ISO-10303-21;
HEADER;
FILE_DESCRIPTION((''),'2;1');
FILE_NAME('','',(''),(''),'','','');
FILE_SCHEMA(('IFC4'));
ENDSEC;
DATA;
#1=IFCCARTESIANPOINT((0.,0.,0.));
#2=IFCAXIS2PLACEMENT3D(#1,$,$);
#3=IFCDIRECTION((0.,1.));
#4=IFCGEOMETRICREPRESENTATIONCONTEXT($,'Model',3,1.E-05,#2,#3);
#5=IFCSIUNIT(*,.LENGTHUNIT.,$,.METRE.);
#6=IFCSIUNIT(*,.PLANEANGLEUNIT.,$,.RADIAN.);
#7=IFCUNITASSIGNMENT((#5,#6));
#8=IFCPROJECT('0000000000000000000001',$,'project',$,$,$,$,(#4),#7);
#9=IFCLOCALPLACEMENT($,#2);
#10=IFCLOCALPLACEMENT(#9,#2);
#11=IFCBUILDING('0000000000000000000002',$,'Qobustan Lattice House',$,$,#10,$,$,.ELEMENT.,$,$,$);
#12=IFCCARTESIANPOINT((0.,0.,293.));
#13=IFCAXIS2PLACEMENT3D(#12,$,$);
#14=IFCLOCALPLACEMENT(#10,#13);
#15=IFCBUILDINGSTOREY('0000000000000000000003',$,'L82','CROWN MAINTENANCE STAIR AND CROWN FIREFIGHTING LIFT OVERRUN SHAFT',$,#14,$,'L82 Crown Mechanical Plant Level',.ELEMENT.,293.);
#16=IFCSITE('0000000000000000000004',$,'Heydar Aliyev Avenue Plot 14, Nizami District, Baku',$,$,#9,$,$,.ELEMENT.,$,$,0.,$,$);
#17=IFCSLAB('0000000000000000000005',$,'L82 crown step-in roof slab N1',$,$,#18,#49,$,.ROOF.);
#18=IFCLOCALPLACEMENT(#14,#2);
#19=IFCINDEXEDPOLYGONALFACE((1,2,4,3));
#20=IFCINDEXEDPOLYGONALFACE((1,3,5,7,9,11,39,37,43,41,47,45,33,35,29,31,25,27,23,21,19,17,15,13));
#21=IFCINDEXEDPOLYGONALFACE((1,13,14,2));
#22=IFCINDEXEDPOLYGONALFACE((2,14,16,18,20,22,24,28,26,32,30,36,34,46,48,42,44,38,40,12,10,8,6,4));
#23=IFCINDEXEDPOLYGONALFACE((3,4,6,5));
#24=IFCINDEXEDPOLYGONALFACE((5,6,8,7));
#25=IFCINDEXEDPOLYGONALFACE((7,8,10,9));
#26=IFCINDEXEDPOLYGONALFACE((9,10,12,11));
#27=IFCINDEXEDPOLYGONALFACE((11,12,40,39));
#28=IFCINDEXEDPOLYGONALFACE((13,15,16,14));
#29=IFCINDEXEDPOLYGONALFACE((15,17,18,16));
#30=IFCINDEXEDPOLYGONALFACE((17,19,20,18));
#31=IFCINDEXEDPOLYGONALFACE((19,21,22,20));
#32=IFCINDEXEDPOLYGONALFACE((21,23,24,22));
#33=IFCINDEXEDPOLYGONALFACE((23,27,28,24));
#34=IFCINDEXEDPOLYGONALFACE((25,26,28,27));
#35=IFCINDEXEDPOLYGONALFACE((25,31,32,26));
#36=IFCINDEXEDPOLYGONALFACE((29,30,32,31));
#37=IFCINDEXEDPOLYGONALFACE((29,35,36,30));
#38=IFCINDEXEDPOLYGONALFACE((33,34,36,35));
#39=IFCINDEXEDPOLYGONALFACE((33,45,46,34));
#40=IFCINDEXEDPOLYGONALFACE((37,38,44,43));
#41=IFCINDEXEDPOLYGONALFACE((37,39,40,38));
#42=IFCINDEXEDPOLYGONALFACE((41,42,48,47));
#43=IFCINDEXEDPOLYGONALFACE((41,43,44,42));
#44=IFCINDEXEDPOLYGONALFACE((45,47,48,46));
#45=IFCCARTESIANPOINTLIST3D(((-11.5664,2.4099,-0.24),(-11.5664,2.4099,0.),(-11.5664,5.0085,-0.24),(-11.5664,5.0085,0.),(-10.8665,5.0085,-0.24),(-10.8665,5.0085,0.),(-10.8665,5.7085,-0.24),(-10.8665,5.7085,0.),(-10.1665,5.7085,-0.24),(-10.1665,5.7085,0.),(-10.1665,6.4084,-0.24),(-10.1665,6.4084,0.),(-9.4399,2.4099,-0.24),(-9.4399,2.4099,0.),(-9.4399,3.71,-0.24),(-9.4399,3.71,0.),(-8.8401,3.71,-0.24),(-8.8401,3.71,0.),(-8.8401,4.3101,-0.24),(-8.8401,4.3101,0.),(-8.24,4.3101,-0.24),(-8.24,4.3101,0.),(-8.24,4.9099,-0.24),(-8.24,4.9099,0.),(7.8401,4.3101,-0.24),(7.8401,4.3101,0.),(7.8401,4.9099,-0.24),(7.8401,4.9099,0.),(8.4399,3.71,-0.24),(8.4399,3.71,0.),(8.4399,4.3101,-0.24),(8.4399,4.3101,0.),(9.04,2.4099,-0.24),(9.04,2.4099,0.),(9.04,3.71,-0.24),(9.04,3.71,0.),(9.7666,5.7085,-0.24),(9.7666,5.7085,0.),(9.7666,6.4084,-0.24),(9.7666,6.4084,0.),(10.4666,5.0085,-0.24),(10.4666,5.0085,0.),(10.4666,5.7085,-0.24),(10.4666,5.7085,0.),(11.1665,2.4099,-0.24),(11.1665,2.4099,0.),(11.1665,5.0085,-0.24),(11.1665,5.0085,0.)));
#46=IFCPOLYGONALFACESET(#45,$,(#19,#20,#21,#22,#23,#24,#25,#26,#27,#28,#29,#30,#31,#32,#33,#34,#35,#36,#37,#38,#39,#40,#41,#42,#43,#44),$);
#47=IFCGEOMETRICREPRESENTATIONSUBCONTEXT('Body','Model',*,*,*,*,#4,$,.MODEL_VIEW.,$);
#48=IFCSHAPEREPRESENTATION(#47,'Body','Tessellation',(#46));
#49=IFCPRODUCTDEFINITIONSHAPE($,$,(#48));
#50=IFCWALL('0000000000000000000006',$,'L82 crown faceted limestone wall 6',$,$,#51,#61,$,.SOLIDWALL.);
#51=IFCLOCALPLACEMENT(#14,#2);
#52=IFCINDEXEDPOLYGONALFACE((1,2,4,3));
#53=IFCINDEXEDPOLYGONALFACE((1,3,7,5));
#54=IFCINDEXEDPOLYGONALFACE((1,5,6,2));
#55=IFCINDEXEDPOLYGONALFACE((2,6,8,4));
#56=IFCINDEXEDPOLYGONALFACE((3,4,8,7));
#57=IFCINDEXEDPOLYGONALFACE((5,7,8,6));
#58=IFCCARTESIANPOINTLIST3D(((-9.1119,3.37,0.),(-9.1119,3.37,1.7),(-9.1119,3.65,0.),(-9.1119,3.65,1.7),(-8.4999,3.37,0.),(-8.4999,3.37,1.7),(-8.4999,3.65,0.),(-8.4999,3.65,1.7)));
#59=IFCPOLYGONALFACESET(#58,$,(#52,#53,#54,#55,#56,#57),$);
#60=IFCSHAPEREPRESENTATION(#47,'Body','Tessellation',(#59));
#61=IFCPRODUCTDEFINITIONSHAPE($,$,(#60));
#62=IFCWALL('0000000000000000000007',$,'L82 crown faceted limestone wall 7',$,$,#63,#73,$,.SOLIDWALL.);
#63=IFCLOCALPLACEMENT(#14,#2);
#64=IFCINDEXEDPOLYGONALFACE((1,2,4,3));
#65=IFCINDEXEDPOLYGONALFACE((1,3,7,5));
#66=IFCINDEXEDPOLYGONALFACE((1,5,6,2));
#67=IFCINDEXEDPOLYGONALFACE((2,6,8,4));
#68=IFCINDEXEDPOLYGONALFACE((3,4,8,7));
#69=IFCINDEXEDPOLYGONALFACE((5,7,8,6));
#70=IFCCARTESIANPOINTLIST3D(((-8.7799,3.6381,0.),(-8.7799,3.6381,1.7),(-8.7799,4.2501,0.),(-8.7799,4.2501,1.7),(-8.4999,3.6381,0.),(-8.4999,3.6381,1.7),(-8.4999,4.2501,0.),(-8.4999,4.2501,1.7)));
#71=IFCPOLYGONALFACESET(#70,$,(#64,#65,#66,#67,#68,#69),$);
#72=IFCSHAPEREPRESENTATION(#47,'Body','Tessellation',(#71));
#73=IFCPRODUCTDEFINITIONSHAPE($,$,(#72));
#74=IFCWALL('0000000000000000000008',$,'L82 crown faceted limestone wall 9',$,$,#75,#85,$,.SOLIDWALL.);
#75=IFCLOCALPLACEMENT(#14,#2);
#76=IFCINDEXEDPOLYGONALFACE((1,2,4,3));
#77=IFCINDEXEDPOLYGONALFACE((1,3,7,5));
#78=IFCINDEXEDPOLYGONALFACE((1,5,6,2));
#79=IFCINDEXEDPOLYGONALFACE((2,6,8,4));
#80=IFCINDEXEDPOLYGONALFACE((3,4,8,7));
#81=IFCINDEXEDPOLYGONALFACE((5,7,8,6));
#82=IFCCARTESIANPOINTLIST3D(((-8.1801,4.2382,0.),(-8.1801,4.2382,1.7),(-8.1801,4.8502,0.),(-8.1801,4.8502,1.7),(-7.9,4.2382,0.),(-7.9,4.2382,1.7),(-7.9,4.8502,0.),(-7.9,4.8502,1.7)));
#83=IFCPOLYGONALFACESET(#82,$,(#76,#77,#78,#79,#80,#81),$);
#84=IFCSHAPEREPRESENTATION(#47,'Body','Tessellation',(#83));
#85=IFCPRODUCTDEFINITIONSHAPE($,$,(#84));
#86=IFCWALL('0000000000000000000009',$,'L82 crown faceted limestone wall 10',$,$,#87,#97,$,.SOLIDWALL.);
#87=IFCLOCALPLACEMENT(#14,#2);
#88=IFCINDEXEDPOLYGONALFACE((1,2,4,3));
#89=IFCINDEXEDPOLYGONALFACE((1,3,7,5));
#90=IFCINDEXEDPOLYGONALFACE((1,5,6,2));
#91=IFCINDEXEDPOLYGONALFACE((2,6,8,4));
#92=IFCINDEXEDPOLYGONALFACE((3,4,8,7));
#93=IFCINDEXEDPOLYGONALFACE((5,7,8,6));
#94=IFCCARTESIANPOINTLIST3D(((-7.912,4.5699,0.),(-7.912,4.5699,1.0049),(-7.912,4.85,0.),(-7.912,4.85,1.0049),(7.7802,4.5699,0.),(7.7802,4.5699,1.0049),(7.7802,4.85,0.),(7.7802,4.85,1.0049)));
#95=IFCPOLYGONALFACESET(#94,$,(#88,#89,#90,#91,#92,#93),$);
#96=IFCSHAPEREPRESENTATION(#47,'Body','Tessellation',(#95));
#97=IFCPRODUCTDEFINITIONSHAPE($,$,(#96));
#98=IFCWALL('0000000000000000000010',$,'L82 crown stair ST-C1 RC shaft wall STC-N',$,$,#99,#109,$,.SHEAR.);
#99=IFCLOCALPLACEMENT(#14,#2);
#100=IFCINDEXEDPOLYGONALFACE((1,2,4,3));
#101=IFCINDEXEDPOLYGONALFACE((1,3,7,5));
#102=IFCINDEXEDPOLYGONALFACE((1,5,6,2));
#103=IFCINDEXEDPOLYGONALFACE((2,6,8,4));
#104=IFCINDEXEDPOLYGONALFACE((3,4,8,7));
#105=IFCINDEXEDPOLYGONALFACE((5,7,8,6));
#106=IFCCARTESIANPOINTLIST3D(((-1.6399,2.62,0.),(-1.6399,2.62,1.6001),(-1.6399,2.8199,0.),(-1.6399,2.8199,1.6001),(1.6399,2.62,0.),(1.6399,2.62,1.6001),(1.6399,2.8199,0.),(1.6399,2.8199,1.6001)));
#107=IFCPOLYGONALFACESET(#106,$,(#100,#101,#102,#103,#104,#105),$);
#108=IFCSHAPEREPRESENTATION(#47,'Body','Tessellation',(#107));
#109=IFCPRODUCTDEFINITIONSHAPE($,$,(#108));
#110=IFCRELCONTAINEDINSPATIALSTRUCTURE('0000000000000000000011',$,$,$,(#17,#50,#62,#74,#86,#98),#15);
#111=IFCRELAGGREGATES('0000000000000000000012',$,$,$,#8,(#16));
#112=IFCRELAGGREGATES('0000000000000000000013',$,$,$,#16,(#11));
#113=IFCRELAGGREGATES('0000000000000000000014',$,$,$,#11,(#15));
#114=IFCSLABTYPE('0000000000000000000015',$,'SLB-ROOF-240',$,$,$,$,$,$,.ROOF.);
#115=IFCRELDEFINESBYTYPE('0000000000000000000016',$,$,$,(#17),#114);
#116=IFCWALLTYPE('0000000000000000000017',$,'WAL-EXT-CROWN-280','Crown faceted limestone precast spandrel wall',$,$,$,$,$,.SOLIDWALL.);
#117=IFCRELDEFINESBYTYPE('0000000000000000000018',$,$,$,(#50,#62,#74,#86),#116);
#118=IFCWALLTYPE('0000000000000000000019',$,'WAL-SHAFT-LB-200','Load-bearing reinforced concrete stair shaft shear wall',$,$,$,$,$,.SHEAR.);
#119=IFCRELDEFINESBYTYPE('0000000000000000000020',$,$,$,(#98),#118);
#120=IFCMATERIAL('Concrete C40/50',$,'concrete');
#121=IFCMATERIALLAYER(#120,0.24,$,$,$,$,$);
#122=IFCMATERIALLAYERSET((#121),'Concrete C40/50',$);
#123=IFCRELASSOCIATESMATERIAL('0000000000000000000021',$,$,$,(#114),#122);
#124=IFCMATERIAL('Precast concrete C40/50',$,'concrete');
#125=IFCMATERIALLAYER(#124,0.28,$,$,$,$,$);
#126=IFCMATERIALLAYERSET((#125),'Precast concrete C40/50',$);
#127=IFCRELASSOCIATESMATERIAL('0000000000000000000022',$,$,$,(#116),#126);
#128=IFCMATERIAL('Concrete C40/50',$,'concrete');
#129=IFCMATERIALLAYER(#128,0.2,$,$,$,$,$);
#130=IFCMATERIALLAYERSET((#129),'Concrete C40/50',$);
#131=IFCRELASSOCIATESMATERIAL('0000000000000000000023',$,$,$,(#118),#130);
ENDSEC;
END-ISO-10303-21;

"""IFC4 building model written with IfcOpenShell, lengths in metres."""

from ifc_helpers import new_model, si_unit, direction, frame, frame_2d, origin, place, context, subcontext, project, spatial, polyline, rectangle, outline, extrude, material, layer, layer_set, type_object, element, save


model = new_model("IFC4")

# Units and contexts
model_context = context("Model", 3, precision=1e-05, world=origin(), true_north=direction((0.0, 1.0)))
body_context = subcontext(model_context, "Body", "Model", "MODEL_VIEW")
ifc_project = project(units=[si_unit("LENGTHUNIT", "METRE"), si_unit("PLANEANGLEUNIT", "RADIAN")], contexts=[model_context])

# Site, building, storey
site_placement = place(None, origin())
site = spatial("IfcSite", under=ifc_project, at=site_placement, Name="Heydar Aliyev Avenue Plot 14, Nizami District, Baku", CompositionType="ELEMENT", RefElevation=0.0)
building_placement = place(site_placement, origin())
building = spatial("IfcBuilding", under=site, at=building_placement, Name="Qobustan Lattice House", CompositionType="ELEMENT")
storey_placement = place(building_placement, frame((0.0, 0.0, 293.0)))
storey = spatial("IfcBuildingStorey", under=building, at=storey_placement, Name="L82", Description="CROWN MAINTENANCE STAIR AND CROWN FIREFIGHTING LIFT OVERRUN SHAFT", LongName="L82 Crown Mechanical Plant Level", CompositionType="ELEMENT", Elevation=293.0)

# Slab
ifc_material_1 = material(Name="Concrete C40/50", Category="concrete")
ifc_layer_1 = layer(ifc_material_1, 0.24)
ifc_layer_set_1 = layer_set([ifc_layer_1], Name="Concrete C40/50")
slab_type_1 = type_object("IfcSlabType", Name="SLB-ROOF-240", PredefinedType="ROOF", material=ifc_layer_set_1)
slab_1_placement = place(storey_placement, frame((0.0, 0.0, -0.24)))
element("IfcSlab", 1, at=slab_1_placement, inside=storey, type_object=slab_type_1, Name="L82 crown step-in roof slab N1", PredefinedType="ROOF", context=body_context, shape_type="SweptSolid", body=[
    extrude(outline(polyline([(-11.5664, 2.4099), (-9.4399, 2.4099), (-9.4399, 3.71), (-8.8401, 3.71), (-8.8401, 4.3101), (-8.24, 4.3101), (-8.24, 4.9099), (7.8401, 4.9099), (7.8401, 4.3101), (8.4399, 4.3101), (8.4399, 3.71), (9.04, 3.71), (9.04, 2.4099), (11.1665, 2.4099), (11.1665, 5.0085), (10.4666, 5.0085), (10.4666, 5.7085), (9.7666, 5.7085), (9.7666, 6.4084), (-10.1665, 6.4084), (-10.1665, 5.7085), (-10.8665, 5.7085), (-10.8665, 5.0085), (-11.5664, 5.0085), (-11.5664, 2.4099)])), origin(), (0.0, 0.0, 1.0), 0.24),
])

# Walls
ifc_material_2 = material(Name="Precast concrete C40/50", Category="concrete")
ifc_layer_2 = layer(ifc_material_2, 0.28)
ifc_layer_set_2 = layer_set([ifc_layer_2], Name="Precast concrete C40/50")
wall_type_1 = type_object("IfcWallType", Name="WAL-EXT-CROWN-280", Description="Crown faceted limestone precast spandrel wall", PredefinedType="SOLIDWALL", material=ifc_layer_set_2)
for number, where, z_axis, x_axis, name in (
    (2, (-9.1121, 3.51, 0.0), (0.0, 0.0, 1.0), (1.0, 0.0, 0.0), "L82 crown faceted limestone wall 6"),
    (3, (-8.6399, 3.6379, 0.0), (0.0, 0.0, 1.0), (0.0, 1.0, 0.0), "L82 crown faceted limestone wall 7"),
    (4, (-8.04, 4.238, 0.0), (0.0, 0.0, 1.0), (0.0, 1.0, 0.0), "L82 crown faceted limestone wall 9"),
):
    element("IfcWall", number, at=place(storey_placement, frame(where, z_axis=z_axis, x_axis=x_axis)), inside=storey, type_object=wall_type_1, Name=name, PredefinedType="SOLIDWALL", context=body_context, shape_type="SweptSolid", body=[
        extrude(rectangle(XDim=0.6121, YDim=0.28, at=frame_2d((0.3062, 0.0))), origin(), (0.0, 0.0, 1.0), 1.7),
    ])
wall_1_placement = place(storey_placement, frame((-7.9121, 4.71, 0.0), z_axis=(0.0, 0.0, 1.0), x_axis=(1.0, 0.0, 0.0)))
element("IfcWall", 5, at=wall_1_placement, inside=storey, type_object=wall_type_1, Name="L82 crown faceted limestone wall 10", PredefinedType="SOLIDWALL", context=body_context, shape_type="SweptSolid", body=[
    extrude(rectangle(XDim=15.6921, YDim=0.28, at=frame_2d((7.8462, 0.0))), origin(), (0.0, 0.0, 1.0), 1.0049),
])
ifc_material_3 = material(Name="Concrete C40/50", Category="concrete")
ifc_layer_3 = layer(ifc_material_3, 0.2)
ifc_layer_set_3 = layer_set([ifc_layer_3], Name="Concrete C40/50")
wall_type_2 = type_object("IfcWallType", Name="WAL-SHAFT-LB-200", Description="Load-bearing reinforced concrete stair shaft shear wall", PredefinedType="SHEAR", material=ifc_layer_set_3)
wall_2_placement = place(storey_placement, frame((-1.6399, 2.72, 0.0), z_axis=(0.0, 0.0, 1.0), x_axis=(1.0, 0.0, 0.0)))
element("IfcWall", 6, at=wall_2_placement, inside=storey, type_object=wall_type_2, Name="L82 crown stair ST-C1 RC shaft wall STC-N", PredefinedType="SHEAR", context=body_context, shape_type="SweptSolid", body=[
    extrude(rectangle(XDim=3.2798, YDim=0.2, at=frame_2d((1.6399, 0.0))), origin(), (0.0, 0.0, 1.0), 1.6001),
])

save(model, "model.ifc")
